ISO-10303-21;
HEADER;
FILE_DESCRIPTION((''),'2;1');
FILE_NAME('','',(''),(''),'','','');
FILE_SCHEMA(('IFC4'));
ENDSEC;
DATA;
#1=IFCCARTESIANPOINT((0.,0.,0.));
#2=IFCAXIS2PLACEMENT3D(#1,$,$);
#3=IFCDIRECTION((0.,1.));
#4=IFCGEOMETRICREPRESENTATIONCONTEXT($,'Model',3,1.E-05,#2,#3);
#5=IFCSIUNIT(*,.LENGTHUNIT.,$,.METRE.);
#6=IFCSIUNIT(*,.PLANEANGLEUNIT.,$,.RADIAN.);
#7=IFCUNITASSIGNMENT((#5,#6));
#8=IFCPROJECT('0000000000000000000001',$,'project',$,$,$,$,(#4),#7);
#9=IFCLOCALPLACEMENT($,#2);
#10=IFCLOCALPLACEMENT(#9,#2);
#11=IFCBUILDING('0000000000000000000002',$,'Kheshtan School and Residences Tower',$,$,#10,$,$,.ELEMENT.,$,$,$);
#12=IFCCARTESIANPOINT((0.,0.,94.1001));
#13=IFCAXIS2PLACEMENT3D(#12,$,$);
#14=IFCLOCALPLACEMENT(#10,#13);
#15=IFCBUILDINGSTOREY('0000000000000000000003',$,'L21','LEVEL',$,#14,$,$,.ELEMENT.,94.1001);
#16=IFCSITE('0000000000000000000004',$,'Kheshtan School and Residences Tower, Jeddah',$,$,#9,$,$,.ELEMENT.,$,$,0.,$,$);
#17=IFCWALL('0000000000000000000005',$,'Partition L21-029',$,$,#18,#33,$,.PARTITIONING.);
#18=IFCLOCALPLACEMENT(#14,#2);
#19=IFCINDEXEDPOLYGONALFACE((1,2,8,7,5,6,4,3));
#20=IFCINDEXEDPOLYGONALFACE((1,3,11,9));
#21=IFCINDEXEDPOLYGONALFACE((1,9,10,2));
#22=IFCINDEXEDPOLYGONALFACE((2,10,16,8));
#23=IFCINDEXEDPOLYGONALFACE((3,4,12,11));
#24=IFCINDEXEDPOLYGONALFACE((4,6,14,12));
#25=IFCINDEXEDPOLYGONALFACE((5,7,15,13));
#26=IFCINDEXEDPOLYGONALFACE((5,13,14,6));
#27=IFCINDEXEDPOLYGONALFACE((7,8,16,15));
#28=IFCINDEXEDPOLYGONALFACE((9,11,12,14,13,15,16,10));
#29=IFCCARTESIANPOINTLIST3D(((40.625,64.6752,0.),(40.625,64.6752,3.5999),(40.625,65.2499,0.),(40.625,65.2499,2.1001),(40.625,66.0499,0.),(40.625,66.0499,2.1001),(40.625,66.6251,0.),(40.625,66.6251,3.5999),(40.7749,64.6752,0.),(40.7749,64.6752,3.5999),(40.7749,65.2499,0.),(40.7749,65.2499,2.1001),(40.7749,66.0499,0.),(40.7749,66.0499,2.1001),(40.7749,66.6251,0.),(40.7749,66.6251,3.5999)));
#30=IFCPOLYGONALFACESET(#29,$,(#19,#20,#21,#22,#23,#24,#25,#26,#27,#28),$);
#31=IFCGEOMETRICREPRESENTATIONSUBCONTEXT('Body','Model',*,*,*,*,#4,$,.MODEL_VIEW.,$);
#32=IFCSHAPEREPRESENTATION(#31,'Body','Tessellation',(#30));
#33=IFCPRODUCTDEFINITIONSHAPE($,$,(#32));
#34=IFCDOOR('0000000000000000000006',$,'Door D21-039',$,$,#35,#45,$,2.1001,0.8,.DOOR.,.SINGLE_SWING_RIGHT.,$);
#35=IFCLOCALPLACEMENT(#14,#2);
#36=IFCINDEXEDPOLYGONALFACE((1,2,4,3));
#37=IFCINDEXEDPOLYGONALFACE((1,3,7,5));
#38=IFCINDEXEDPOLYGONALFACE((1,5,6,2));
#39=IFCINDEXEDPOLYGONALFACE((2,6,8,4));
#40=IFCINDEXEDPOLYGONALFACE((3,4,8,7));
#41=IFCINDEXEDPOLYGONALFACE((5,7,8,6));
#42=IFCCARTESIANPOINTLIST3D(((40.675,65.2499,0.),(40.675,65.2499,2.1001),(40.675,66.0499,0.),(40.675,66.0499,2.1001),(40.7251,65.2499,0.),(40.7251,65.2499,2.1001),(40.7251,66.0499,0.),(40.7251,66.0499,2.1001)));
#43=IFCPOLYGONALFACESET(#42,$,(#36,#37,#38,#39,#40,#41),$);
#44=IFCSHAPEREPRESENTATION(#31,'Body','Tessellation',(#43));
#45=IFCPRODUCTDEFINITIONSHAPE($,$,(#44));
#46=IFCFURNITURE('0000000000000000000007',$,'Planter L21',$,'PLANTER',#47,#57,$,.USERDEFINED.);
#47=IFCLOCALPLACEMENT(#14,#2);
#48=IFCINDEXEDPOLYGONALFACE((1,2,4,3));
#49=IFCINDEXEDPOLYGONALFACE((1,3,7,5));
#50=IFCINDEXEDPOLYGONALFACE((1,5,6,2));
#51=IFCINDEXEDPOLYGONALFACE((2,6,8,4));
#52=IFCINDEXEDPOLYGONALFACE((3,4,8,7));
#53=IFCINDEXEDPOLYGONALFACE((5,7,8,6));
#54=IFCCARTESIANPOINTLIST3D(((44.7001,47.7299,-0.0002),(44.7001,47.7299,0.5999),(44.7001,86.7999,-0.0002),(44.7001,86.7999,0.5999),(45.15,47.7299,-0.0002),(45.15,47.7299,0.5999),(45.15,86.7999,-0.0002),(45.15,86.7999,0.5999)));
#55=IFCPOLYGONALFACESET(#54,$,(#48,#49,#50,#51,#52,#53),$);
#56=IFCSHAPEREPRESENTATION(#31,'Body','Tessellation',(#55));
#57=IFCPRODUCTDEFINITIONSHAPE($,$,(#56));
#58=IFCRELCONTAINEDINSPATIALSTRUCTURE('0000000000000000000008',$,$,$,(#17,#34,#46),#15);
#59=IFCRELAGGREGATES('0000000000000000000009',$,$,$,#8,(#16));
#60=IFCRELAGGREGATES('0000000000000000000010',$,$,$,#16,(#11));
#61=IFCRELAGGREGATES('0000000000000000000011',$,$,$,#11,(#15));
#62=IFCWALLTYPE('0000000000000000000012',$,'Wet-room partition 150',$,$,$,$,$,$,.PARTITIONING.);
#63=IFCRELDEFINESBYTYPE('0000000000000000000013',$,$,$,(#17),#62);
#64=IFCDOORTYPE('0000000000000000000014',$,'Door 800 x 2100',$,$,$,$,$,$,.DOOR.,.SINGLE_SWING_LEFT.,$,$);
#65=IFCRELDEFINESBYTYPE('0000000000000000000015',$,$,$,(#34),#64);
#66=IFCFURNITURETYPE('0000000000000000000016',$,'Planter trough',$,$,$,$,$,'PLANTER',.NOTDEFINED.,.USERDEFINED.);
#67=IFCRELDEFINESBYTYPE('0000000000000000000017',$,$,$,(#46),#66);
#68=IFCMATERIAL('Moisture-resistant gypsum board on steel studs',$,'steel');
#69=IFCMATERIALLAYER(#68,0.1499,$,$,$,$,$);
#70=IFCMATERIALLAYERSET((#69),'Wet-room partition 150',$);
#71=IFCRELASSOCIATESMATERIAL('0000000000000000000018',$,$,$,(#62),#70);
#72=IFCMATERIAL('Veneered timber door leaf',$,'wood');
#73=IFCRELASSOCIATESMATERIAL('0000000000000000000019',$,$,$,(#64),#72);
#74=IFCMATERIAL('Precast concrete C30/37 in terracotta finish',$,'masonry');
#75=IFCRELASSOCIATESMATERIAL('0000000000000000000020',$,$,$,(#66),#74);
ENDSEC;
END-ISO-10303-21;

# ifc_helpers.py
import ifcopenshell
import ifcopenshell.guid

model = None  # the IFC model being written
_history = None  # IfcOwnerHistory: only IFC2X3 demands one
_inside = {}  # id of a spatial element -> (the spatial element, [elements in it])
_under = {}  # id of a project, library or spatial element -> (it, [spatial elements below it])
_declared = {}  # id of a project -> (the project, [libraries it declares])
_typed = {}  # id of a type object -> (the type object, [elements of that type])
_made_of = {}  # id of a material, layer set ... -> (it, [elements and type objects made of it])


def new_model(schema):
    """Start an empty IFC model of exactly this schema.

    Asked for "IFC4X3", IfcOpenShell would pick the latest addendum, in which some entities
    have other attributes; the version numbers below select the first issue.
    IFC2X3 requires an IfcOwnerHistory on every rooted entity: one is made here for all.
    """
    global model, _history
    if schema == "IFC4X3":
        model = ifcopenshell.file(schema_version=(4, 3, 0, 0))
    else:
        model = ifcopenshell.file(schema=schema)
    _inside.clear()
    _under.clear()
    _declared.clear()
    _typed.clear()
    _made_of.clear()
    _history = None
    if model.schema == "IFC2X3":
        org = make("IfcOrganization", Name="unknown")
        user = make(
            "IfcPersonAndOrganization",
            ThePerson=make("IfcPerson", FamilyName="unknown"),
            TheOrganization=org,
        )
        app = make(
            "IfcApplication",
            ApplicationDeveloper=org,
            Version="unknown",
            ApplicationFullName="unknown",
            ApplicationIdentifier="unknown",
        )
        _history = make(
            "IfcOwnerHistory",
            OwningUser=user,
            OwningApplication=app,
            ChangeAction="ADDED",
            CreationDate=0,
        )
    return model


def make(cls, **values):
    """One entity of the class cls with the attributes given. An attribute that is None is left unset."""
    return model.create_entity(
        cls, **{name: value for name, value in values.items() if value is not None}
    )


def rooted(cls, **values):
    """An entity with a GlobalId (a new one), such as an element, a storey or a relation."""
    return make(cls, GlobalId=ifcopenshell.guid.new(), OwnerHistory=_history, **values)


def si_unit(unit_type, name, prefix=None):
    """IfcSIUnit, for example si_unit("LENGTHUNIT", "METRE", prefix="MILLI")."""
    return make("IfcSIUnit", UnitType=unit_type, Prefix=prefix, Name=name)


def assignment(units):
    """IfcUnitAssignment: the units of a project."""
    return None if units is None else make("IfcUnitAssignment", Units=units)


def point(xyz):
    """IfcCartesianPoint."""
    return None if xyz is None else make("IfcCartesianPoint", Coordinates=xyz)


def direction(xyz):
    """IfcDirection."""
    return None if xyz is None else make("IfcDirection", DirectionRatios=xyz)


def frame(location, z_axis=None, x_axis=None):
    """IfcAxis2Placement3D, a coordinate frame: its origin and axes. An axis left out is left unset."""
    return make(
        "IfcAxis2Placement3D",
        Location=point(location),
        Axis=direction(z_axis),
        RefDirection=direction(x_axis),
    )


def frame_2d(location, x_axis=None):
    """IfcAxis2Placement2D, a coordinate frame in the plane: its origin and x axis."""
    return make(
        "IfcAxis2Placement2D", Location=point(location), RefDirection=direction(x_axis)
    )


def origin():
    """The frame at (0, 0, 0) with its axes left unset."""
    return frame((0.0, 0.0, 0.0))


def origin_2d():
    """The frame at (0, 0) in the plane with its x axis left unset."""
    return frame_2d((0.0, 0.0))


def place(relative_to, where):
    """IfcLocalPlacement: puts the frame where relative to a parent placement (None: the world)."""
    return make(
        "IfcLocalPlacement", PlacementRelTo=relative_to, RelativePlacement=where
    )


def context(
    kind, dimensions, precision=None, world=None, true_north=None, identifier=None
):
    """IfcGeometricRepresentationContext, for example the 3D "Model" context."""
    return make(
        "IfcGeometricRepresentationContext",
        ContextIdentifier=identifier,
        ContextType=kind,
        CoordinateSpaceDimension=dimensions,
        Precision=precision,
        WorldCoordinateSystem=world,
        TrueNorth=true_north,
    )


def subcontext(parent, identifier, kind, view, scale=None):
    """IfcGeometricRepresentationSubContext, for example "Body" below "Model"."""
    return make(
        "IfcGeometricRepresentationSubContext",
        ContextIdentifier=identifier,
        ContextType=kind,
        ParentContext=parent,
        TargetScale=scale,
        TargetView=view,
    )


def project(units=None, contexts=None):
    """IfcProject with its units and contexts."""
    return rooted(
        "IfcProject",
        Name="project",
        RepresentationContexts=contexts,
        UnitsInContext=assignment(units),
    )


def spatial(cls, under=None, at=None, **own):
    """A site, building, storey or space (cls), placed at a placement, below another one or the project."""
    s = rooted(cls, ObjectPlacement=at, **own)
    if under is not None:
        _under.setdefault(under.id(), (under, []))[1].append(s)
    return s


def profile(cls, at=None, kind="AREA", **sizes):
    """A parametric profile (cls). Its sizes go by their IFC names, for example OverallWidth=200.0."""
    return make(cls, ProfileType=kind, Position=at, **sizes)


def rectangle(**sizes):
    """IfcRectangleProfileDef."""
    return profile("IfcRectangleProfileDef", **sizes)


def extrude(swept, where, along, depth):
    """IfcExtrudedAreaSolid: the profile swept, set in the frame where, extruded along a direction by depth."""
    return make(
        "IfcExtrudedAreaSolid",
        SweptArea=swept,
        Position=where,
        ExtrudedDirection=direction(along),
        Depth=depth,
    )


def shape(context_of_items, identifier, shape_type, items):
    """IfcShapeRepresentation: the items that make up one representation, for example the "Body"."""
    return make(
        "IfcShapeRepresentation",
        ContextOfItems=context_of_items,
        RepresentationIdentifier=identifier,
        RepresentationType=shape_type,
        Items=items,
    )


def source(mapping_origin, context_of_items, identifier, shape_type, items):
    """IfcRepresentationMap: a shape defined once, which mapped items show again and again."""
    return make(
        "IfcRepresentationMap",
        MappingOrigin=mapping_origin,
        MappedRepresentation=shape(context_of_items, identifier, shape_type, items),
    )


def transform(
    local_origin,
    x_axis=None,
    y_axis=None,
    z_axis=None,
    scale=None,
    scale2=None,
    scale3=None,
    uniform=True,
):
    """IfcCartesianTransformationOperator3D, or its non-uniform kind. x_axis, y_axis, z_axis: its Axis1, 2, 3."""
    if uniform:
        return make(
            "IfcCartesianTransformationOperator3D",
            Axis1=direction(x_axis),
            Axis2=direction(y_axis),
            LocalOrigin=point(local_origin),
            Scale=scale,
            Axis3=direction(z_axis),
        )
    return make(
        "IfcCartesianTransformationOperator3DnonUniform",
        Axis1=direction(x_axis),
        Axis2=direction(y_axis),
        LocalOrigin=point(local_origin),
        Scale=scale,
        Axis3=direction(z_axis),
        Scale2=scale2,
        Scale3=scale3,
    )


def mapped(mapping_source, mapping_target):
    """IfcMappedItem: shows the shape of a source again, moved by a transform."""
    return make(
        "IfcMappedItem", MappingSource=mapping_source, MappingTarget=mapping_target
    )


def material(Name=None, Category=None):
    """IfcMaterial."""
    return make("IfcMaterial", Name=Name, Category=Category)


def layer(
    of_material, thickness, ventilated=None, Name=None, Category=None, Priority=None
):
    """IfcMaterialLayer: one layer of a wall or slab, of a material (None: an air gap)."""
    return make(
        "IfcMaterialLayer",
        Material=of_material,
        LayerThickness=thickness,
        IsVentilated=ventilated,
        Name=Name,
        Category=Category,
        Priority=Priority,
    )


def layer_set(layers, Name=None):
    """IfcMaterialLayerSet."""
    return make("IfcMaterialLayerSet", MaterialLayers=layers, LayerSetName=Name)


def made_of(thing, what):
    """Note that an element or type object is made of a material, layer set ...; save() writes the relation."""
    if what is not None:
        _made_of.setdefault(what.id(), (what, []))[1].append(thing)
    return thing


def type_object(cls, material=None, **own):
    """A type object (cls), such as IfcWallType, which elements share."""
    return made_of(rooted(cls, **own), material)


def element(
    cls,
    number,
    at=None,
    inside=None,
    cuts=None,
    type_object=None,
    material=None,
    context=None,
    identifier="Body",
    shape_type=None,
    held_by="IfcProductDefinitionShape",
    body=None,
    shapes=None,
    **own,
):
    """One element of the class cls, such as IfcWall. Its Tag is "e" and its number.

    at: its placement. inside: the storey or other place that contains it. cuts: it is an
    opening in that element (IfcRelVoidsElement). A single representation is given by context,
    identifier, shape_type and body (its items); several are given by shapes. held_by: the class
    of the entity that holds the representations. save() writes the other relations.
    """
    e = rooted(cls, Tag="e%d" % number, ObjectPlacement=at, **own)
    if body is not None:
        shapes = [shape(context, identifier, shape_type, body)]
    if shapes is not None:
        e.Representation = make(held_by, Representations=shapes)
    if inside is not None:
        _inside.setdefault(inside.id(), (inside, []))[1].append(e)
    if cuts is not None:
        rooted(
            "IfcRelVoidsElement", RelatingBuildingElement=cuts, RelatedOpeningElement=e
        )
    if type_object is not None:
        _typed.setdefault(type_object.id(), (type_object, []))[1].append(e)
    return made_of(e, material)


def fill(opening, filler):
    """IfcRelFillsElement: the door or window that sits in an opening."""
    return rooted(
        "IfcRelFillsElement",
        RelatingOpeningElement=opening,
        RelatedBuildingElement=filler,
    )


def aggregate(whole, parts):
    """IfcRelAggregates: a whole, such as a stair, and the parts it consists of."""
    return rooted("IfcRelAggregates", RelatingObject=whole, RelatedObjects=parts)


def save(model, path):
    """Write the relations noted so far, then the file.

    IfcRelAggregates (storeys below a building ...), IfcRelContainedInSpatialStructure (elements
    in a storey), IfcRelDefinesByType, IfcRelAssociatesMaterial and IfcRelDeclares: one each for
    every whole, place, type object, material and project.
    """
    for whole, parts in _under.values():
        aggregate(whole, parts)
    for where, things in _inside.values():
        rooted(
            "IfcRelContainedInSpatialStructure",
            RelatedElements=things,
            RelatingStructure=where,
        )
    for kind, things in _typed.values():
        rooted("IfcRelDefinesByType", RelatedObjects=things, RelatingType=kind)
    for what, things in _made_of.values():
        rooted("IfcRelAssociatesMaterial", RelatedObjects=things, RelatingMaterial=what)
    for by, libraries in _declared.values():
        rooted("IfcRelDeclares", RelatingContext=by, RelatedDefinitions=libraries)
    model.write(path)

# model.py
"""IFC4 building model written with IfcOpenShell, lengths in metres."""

from ifc_helpers import new_model, si_unit, direction, frame, frame_2d, origin, origin_2d, place, context, subcontext, project, spatial, rectangle, extrude, source, transform, mapped, material, layer, layer_set, type_object, element, fill, save


model = new_model("IFC4")

# Units and contexts
model_context = context("Model", 3, precision=1e-05, world=origin(), true_north=direction((0.0, 1.0)))
body_context = subcontext(model_context, "Body", "Model", "MODEL_VIEW")
ifc_project = project(units=[si_unit("LENGTHUNIT", "METRE"), si_unit("PLANEANGLEUNIT", "RADIAN")], contexts=[model_context])

# Site, building, storey
site_placement = place(None, origin())
site = spatial("IfcSite", under=ifc_project, at=site_placement, Name="Kheshtan School and Residences Tower, Jeddah", CompositionType="ELEMENT", RefElevation=0.0)
building_placement = place(site_placement, origin())
building = spatial("IfcBuilding", under=site, at=building_placement, Name="Kheshtan School and Residences Tower", CompositionType="ELEMENT")
storey_placement = place(building_placement, frame((0.0, 0.0, 94.1001)))
storey = spatial("IfcBuildingStorey", under=building, at=storey_placement, Name="L21", Description="LEVEL", CompositionType="ELEMENT", Elevation=94.1001)

# Wall, opening, door
ifc_material_1 = material(Name="Moisture-resistant gypsum board on steel studs", Category="steel")
ifc_layer_1 = layer(ifc_material_1, 0.1499)
ifc_layer_set_1 = layer_set([ifc_layer_1], Name="Wet-room partition 150")
wall_type_1 = type_object("IfcWallType", Name="Wet-room partition 150", PredefinedType="PARTITIONING", material=ifc_layer_set_1)
wall_1_placement = place(storey_placement, frame((40.7, 64.675, 0.0), z_axis=(0.0, 0.0, 1.0), x_axis=(0.0, 1.0, 0.0)))
wall_1 = element("IfcWall", 1, at=wall_1_placement, inside=storey, type_object=wall_type_1, Name="Partition L21-029", PredefinedType="PARTITIONING", context=body_context, shape_type="SweptSolid", body=[
    extrude(rectangle(XDim=1.95, YDim=0.1499, at=frame_2d((0.9751, 0.0))), origin(), (0.0, 0.0, 1.0), 3.5999),
])
opening_1_placement = place(wall_1_placement, frame((0.575, 0.0, 0.0)))
opening_1 = element("IfcOpeningElement", 2, at=opening_1_placement, cuts=wall_1, PredefinedType="OPENING", context=body_context, shape_type="SweptSolid", body=[
    extrude(rectangle(XDim=0.8, YDim=2.1001, at=frame_2d((0.3999, 1.05))), frame((0.0, 0.085, 0.0), z_axis=(0.0, -1.0, 0.0), x_axis=(1.0, 0.0, 0.0)), (0.0, 0.0, 1.0), 0.1699),
])
ifc_material_2 = material(Name="Veneered timber door leaf", Category="wood")
door_type_1 = type_object("IfcDoorType", Name="Door 800 x 2100", OperationType="SINGLE_SWING_LEFT", PredefinedType="DOOR", material=ifc_material_2)
shared_shape_1 = source(origin(), body_context, "Body", "SweptSolid", [
    extrude(rectangle(XDim=0.8, YDim=2.1001, at=frame_2d((0.3999, 1.05))), frame((0.0, 0.0249, 0.0), z_axis=(0.0, -1.0, 0.0), x_axis=(1.0, 0.0, 0.0)), (0.0, 0.0, 1.0), 0.05),
])
door_1_placement = place(opening_1_placement, origin())
door_1 = element("IfcDoor", 3, at=door_1_placement, inside=storey, type_object=door_type_1, Name="Door D21-039", OperationType="SINGLE_SWING_RIGHT", OverallHeight=2.1001, OverallWidth=0.8, PredefinedType="DOOR", context=body_context, shape_type="MappedRepresentation", body=[
    mapped(shared_shape_1, transform((0.0, 0.0, 0.0), x_axis=(1.0, 0.0, 0.0), y_axis=(0.0, 1.0, 0.0), z_axis=(0.0, 0.0, 1.0), scale=1.0)),
])
fill(opening_1, door_1)

# Furniture
ifc_material_3 = material(Name="Precast concrete C30/37 in terracotta finish", Category="masonry")
furniture_type = type_object("IfcFurnitureType", Name="Planter trough", ElementType="PLANTER", AssemblyPlace="NOTDEFINED", PredefinedType="USERDEFINED", material=ifc_material_3)
furniture_placement = place(storey_placement, frame((44.925, 67.2649, -0.0002), z_axis=(0.0, 0.0, 1.0), x_axis=(0.0, -1.0, 0.0)))
element("IfcFurniture", 4, at=furniture_placement, inside=storey, type_object=furniture_type, Name="Planter L21", ObjectType="PLANTER", PredefinedType="USERDEFINED", context=body_context, shape_type="SweptSolid", body=[
    extrude(rectangle(XDim=39.0701, YDim=0.45, at=origin_2d()), origin(), (0.0, 0.0, 1.0), 0.6001),
])

save(model, "model.ifc")
